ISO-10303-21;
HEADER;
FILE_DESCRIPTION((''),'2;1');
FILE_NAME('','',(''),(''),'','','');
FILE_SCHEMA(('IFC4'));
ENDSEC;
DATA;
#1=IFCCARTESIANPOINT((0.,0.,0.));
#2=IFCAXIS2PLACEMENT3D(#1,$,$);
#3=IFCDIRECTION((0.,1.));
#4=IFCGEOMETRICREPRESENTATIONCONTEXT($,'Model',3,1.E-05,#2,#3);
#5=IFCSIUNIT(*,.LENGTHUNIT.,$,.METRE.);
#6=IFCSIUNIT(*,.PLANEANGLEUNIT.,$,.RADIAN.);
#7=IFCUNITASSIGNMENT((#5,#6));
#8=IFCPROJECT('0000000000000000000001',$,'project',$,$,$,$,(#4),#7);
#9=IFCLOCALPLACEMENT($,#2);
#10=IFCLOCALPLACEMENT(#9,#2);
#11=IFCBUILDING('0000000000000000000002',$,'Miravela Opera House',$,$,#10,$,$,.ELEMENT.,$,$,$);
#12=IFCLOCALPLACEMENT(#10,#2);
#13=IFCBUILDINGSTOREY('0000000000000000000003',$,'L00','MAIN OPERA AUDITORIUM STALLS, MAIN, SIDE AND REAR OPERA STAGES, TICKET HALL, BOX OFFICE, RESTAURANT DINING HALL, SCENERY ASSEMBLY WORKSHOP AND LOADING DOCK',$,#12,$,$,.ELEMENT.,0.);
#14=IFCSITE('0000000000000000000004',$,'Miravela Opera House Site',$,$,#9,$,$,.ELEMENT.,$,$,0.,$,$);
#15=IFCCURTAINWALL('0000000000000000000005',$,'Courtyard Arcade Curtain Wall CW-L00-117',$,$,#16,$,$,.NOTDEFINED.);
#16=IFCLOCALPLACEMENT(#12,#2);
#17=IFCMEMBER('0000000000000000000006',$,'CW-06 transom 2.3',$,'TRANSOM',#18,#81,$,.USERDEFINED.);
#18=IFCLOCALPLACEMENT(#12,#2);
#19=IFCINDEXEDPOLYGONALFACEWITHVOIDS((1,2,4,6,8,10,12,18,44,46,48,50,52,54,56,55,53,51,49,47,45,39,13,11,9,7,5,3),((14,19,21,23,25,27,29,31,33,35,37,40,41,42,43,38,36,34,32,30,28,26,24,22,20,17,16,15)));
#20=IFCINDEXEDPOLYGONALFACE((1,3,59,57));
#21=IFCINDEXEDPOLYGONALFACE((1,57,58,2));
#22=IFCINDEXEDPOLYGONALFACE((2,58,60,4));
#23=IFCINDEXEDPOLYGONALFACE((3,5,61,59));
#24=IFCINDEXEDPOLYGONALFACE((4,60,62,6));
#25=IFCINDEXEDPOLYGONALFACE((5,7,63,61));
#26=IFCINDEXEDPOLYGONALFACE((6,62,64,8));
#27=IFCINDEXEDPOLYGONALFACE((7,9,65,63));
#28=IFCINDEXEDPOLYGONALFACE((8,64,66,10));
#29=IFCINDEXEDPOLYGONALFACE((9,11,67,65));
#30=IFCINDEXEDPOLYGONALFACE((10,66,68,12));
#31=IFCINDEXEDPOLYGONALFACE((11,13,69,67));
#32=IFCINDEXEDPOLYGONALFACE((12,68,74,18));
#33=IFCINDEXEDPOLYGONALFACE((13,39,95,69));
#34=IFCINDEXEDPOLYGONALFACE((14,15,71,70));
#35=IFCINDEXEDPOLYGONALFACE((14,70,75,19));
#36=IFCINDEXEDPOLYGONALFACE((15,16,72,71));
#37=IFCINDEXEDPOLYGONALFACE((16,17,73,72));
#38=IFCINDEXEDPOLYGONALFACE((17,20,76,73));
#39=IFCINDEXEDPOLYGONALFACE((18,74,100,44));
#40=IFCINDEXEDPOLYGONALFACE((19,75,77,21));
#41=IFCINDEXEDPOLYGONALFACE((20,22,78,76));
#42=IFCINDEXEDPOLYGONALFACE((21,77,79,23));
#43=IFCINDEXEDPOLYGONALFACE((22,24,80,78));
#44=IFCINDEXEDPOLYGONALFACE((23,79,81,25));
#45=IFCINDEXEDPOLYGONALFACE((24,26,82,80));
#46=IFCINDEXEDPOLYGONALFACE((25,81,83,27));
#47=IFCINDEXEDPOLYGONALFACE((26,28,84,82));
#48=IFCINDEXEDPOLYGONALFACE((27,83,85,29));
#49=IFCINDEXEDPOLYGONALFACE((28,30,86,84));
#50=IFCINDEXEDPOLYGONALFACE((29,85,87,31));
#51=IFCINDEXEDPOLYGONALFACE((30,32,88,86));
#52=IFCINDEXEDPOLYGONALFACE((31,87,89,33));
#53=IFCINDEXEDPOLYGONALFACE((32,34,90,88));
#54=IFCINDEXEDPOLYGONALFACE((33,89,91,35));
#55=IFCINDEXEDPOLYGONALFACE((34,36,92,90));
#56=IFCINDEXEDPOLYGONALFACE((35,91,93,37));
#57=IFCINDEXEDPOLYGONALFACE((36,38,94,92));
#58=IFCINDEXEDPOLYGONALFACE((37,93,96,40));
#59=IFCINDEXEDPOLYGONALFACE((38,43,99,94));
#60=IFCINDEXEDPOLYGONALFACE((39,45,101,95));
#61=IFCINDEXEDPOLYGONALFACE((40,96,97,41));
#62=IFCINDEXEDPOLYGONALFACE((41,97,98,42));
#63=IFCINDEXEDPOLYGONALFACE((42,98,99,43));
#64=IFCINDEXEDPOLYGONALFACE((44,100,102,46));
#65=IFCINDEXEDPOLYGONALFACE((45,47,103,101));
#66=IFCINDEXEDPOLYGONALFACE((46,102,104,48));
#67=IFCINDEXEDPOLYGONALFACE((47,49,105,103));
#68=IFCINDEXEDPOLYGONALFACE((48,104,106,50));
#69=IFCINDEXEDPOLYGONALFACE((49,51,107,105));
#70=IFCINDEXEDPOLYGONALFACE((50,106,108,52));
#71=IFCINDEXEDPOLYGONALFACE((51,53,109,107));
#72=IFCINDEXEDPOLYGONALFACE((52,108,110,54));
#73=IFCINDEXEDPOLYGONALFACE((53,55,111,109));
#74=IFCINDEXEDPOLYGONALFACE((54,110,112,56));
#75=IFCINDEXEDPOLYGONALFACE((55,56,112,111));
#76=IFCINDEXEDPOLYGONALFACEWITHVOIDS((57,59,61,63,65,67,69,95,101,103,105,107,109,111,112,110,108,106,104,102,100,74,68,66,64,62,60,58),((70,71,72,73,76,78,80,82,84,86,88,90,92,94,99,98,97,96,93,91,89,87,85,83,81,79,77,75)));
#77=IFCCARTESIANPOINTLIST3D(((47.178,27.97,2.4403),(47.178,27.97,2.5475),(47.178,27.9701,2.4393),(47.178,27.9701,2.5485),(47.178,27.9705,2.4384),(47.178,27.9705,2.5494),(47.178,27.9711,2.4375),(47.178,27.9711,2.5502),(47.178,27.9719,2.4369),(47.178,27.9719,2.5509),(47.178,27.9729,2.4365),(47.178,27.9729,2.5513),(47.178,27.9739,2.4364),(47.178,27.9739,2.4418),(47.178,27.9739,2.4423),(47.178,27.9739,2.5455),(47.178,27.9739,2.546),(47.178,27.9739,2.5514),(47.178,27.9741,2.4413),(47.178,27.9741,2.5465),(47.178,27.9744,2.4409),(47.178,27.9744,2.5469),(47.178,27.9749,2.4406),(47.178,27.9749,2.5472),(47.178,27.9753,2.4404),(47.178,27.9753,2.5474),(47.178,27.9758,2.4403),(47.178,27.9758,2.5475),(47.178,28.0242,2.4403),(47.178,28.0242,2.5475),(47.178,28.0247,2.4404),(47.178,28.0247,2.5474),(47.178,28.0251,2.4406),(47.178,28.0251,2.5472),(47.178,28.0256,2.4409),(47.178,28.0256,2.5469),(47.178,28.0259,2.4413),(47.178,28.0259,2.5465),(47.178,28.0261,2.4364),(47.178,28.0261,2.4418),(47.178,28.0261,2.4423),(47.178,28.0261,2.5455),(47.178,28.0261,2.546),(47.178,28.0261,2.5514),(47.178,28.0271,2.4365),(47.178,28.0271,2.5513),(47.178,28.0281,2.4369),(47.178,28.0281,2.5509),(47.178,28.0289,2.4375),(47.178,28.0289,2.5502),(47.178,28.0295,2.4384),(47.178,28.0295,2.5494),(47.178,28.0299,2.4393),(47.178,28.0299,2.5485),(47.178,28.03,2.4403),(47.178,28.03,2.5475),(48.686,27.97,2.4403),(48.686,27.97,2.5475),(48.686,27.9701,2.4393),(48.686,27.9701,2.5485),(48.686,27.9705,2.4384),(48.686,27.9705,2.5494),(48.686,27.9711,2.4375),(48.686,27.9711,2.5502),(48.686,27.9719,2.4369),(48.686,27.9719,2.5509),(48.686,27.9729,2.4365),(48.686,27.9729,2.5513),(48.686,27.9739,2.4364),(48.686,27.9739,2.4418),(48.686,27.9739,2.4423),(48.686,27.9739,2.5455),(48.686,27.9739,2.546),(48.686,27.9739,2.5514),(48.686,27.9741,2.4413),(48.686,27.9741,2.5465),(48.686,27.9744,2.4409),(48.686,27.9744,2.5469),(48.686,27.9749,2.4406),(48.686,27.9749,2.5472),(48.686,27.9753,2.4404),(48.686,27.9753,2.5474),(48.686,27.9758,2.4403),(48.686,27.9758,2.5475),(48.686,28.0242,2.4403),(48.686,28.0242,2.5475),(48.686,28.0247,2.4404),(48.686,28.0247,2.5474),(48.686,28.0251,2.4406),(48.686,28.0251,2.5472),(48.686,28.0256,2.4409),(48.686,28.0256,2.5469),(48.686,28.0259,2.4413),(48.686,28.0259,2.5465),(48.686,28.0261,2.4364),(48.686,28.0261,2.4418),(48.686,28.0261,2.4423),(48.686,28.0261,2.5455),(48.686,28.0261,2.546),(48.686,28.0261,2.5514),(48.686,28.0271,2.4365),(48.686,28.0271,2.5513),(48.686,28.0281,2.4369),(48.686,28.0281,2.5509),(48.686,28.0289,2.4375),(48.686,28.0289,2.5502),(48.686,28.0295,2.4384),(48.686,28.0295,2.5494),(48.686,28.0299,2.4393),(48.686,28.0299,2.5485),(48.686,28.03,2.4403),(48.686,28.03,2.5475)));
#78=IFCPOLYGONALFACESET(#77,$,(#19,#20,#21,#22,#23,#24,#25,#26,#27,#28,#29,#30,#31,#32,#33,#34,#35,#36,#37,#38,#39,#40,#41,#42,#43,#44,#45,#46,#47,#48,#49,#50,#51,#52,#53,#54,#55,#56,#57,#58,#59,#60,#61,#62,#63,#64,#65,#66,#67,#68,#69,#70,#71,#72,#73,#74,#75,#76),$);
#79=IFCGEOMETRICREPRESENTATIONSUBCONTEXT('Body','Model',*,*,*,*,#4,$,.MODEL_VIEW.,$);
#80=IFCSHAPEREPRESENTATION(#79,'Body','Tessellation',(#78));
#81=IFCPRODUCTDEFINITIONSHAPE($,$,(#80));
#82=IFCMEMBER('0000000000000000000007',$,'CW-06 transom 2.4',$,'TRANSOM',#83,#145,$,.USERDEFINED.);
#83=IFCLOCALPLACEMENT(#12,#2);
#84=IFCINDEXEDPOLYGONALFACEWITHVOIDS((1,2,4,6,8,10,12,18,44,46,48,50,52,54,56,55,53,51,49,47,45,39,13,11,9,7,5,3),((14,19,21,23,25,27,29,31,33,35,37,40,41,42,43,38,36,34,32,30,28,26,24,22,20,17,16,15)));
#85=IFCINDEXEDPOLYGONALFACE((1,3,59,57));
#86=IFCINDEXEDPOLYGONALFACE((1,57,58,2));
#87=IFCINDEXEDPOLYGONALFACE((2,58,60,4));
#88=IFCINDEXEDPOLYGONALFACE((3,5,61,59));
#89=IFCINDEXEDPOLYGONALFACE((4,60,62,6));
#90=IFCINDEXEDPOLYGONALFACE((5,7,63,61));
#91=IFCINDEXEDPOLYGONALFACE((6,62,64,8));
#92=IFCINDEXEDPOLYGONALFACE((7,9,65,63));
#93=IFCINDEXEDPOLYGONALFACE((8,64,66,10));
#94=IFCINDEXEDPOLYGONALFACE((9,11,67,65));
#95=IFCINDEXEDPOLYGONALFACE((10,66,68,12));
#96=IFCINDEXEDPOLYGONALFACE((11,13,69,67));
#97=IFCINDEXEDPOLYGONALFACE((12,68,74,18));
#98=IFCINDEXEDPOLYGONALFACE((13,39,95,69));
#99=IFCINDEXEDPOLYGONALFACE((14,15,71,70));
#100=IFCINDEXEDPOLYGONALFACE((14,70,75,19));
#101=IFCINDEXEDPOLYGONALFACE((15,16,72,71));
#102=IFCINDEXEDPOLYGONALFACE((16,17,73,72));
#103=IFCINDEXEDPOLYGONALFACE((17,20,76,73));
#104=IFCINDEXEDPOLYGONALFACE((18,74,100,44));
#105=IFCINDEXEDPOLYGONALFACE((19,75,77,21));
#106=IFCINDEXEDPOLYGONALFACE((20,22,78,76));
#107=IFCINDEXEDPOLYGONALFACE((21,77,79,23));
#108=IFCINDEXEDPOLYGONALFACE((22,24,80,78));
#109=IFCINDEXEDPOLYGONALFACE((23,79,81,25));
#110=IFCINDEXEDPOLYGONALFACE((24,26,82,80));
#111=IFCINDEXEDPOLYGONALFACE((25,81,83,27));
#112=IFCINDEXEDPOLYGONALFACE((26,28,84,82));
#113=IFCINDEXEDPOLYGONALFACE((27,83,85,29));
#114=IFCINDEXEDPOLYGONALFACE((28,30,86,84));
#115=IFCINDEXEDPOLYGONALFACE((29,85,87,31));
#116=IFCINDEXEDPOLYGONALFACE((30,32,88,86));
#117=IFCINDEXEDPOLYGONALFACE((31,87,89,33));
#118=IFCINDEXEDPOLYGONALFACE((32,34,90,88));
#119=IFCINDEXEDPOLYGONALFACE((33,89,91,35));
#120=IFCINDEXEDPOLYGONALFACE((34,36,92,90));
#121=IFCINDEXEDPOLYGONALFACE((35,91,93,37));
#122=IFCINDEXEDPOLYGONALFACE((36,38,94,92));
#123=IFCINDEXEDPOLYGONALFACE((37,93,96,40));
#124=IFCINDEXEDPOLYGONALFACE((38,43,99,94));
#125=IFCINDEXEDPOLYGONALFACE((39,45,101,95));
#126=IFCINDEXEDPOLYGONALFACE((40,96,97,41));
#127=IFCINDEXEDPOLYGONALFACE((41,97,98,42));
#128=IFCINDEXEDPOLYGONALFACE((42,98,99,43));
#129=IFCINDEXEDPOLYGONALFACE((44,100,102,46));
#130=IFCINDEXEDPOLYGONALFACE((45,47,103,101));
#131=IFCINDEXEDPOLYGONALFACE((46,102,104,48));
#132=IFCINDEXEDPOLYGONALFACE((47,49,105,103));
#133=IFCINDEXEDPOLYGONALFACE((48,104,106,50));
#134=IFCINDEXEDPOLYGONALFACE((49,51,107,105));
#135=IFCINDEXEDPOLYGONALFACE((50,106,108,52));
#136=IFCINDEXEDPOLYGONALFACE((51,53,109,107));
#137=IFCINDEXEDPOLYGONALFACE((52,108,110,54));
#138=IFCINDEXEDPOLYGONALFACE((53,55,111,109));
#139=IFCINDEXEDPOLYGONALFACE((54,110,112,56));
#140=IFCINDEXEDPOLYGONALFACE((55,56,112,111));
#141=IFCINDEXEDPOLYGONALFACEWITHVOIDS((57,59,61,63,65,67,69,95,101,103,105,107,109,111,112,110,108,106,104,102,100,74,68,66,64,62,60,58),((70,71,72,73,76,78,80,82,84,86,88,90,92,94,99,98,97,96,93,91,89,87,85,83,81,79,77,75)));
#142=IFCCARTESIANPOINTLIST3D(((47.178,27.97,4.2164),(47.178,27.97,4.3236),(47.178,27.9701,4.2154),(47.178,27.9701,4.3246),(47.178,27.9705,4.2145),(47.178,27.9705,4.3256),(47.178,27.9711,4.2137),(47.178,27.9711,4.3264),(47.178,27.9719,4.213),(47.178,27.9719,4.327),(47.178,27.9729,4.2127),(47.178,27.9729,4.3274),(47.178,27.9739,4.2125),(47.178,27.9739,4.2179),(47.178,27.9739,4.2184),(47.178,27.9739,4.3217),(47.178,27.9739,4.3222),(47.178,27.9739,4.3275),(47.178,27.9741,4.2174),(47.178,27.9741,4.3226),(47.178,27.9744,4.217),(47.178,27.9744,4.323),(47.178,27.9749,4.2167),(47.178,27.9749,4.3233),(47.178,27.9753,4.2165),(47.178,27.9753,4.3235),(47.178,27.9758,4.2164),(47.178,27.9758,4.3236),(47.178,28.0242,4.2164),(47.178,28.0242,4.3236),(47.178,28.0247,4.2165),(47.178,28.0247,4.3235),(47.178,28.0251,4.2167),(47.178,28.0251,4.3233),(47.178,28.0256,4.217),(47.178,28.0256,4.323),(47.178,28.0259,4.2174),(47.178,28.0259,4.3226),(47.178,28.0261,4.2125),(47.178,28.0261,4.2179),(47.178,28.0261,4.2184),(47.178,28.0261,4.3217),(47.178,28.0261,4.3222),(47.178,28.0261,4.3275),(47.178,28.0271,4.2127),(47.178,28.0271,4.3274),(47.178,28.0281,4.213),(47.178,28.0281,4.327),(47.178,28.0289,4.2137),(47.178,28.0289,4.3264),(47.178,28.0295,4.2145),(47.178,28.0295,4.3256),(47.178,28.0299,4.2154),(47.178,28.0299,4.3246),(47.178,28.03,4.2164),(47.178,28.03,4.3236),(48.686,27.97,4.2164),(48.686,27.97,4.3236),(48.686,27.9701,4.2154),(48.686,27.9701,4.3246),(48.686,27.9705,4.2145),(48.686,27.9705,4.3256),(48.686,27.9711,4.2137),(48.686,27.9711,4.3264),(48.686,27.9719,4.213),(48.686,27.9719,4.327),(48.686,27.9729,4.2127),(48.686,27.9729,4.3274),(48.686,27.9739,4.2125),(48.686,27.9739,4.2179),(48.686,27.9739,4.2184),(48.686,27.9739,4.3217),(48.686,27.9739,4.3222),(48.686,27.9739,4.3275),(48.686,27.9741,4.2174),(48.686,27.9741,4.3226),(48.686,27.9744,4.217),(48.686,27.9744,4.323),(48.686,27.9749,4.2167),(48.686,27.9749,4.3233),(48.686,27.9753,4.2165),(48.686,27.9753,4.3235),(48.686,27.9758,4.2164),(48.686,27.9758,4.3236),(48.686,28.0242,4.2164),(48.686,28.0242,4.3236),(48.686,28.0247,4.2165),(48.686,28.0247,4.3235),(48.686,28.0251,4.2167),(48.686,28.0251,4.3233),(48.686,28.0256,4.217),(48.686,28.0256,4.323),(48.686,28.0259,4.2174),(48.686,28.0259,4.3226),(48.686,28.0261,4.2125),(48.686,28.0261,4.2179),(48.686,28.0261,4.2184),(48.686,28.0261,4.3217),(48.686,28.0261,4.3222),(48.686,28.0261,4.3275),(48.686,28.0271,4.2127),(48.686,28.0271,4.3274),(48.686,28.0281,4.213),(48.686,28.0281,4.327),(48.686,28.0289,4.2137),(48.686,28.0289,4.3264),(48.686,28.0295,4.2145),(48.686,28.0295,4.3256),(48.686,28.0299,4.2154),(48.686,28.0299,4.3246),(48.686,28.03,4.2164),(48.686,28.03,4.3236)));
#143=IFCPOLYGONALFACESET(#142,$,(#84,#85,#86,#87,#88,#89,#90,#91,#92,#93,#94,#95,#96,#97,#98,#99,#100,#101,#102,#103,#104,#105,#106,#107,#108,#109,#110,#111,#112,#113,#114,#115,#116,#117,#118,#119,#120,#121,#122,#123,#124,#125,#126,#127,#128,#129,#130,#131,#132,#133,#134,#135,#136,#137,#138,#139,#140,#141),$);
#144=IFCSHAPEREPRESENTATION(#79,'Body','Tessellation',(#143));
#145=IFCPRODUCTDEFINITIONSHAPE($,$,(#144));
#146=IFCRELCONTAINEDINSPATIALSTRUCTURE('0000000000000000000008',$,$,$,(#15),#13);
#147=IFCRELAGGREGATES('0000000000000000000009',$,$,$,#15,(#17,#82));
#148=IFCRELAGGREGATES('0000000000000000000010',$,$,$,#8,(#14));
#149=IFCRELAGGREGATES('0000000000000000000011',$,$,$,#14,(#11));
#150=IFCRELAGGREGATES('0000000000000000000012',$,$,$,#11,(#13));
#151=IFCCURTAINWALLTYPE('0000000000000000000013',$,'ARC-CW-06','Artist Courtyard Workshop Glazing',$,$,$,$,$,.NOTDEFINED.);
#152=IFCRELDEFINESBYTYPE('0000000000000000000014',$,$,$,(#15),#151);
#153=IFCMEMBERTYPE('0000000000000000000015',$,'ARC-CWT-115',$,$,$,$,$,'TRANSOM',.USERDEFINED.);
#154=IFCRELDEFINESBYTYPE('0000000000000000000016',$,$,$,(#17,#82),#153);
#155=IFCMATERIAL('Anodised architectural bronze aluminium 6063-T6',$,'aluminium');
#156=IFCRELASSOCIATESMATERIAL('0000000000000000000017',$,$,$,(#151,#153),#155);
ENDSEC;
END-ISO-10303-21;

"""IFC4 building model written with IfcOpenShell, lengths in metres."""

from ifc_helpers import new_model, si_unit, direction, frame, origin, origin_2d, place, context, subcontext, project, spatial, hollow_rectangle, extrude, material, material_profile, profile_set, type_object, element, aggregate, save


model = new_model("IFC4")

# Units and contexts
model_context = context("Model", 3, precision=1e-05, world=origin(), true_north=direction((0.0, 1.0)))
body_context = subcontext(model_context, "Body", "Model", "MODEL_VIEW")
ifc_project = project(units=[si_unit("LENGTHUNIT", "METRE"), si_unit("PLANEANGLEUNIT", "RADIAN")], contexts=[model_context])

# Site, building, storey
site_placement = place(None, origin())
site = spatial("IfcSite", under=ifc_project, at=site_placement, Name="Miravela Opera House Site", CompositionType="ELEMENT", RefElevation=0.0)
building_placement = place(site_placement, origin())
building = spatial("IfcBuilding", under=site, at=building_placement, Name="Miravela Opera House", CompositionType="ELEMENT")
storey_placement = place(building_placement, origin())
storey = spatial("IfcBuildingStorey", under=building, at=storey_placement, Name="L00", Description="MAIN OPERA AUDITORIUM STALLS, MAIN, SIDE AND REAR OPERA STAGES, TICKET HALL, BOX OFFICE, RESTAURANT DINING HALL, SCENERY ASSEMBLY WORKSHOP AND LOADING DOCK", CompositionType="ELEMENT", Elevation=0.0)

# Shared definitions
ifc_material_1 = material(Name="Anodised architectural bronze aluminium 6063-T6", Category="aluminium")
curtain_wall_type = type_object("IfcCurtainWallType", Name="ARC-CW-06", Description="Artist Courtyard Workshop Glazing", PredefinedType="NOTDEFINED", material=ifc_material_1)

# Curtain wall
curtain_wall_1_placement = place(storey_placement, origin())
curtain_wall_1 = element("IfcCurtainWall", 1, at=curtain_wall_1_placement, inside=storey, type_object=curtain_wall_type, Name="Courtyard Arcade Curtain Wall CW-L00-117", PredefinedType="NOTDEFINED")

# Members
ifc_material_profile_1 = material_profile(ifc_material_1, hollow_rectangle(XDim=0.0601, YDim=0.115, WallThickness=0.0039, InnerFilletRadius=0.002, OuterFilletRadius=0.0039, at=origin_2d()), Name="CWT-60X115")
ifc_profile_set_1 = profile_set([ifc_material_profile_1])
member_type_1 = type_object("IfcMemberType", Name="ARC-CWT-115", ElementType="TRANSOM", PredefinedType="USERDEFINED", material=ifc_profile_set_1)
member_1_placement = place(storey_placement, frame((47.178, 28.0, 2.4939), z_axis=(1.0, 0.0, 0.0), x_axis=(0.0, 1.0, 0.0)))
member_1 = element("IfcMember", 2, at=member_1_placement, type_object=member_type_1, Name="CW-06 transom 2.3", ObjectType="TRANSOM", PredefinedType="USERDEFINED", context=body_context, shape_type="SweptSolid", body=[
    extrude(hollow_rectangle(XDim=0.0601, YDim=0.115, WallThickness=0.0039, InnerFilletRadius=0.002, OuterFilletRadius=0.0039, at=origin_2d()), origin(), (0.0, 0.0, 1.0), 1.5081),
])
member_2_placement = place(storey_placement, frame((47.178, 28.0, 4.27), z_axis=(1.0, 0.0, 0.0), x_axis=(0.0, 1.0, 0.0)))
member_2 = element("IfcMember", 3, at=member_2_placement, type_object=member_type_1, Name="CW-06 transom 2.4", ObjectType="TRANSOM", PredefinedType="USERDEFINED", context=body_context, shape_type="SweptSolid", body=[
    extrude(hollow_rectangle(XDim=0.0601, YDim=0.115, WallThickness=0.0039, InnerFilletRadius=0.002, OuterFilletRadius=0.0039, at=origin_2d()), origin(), (0.0, 0.0, 1.0), 1.5081),
])

aggregate(curtain_wall_1, [member_1, member_2])

save(model, "model.ifc")
